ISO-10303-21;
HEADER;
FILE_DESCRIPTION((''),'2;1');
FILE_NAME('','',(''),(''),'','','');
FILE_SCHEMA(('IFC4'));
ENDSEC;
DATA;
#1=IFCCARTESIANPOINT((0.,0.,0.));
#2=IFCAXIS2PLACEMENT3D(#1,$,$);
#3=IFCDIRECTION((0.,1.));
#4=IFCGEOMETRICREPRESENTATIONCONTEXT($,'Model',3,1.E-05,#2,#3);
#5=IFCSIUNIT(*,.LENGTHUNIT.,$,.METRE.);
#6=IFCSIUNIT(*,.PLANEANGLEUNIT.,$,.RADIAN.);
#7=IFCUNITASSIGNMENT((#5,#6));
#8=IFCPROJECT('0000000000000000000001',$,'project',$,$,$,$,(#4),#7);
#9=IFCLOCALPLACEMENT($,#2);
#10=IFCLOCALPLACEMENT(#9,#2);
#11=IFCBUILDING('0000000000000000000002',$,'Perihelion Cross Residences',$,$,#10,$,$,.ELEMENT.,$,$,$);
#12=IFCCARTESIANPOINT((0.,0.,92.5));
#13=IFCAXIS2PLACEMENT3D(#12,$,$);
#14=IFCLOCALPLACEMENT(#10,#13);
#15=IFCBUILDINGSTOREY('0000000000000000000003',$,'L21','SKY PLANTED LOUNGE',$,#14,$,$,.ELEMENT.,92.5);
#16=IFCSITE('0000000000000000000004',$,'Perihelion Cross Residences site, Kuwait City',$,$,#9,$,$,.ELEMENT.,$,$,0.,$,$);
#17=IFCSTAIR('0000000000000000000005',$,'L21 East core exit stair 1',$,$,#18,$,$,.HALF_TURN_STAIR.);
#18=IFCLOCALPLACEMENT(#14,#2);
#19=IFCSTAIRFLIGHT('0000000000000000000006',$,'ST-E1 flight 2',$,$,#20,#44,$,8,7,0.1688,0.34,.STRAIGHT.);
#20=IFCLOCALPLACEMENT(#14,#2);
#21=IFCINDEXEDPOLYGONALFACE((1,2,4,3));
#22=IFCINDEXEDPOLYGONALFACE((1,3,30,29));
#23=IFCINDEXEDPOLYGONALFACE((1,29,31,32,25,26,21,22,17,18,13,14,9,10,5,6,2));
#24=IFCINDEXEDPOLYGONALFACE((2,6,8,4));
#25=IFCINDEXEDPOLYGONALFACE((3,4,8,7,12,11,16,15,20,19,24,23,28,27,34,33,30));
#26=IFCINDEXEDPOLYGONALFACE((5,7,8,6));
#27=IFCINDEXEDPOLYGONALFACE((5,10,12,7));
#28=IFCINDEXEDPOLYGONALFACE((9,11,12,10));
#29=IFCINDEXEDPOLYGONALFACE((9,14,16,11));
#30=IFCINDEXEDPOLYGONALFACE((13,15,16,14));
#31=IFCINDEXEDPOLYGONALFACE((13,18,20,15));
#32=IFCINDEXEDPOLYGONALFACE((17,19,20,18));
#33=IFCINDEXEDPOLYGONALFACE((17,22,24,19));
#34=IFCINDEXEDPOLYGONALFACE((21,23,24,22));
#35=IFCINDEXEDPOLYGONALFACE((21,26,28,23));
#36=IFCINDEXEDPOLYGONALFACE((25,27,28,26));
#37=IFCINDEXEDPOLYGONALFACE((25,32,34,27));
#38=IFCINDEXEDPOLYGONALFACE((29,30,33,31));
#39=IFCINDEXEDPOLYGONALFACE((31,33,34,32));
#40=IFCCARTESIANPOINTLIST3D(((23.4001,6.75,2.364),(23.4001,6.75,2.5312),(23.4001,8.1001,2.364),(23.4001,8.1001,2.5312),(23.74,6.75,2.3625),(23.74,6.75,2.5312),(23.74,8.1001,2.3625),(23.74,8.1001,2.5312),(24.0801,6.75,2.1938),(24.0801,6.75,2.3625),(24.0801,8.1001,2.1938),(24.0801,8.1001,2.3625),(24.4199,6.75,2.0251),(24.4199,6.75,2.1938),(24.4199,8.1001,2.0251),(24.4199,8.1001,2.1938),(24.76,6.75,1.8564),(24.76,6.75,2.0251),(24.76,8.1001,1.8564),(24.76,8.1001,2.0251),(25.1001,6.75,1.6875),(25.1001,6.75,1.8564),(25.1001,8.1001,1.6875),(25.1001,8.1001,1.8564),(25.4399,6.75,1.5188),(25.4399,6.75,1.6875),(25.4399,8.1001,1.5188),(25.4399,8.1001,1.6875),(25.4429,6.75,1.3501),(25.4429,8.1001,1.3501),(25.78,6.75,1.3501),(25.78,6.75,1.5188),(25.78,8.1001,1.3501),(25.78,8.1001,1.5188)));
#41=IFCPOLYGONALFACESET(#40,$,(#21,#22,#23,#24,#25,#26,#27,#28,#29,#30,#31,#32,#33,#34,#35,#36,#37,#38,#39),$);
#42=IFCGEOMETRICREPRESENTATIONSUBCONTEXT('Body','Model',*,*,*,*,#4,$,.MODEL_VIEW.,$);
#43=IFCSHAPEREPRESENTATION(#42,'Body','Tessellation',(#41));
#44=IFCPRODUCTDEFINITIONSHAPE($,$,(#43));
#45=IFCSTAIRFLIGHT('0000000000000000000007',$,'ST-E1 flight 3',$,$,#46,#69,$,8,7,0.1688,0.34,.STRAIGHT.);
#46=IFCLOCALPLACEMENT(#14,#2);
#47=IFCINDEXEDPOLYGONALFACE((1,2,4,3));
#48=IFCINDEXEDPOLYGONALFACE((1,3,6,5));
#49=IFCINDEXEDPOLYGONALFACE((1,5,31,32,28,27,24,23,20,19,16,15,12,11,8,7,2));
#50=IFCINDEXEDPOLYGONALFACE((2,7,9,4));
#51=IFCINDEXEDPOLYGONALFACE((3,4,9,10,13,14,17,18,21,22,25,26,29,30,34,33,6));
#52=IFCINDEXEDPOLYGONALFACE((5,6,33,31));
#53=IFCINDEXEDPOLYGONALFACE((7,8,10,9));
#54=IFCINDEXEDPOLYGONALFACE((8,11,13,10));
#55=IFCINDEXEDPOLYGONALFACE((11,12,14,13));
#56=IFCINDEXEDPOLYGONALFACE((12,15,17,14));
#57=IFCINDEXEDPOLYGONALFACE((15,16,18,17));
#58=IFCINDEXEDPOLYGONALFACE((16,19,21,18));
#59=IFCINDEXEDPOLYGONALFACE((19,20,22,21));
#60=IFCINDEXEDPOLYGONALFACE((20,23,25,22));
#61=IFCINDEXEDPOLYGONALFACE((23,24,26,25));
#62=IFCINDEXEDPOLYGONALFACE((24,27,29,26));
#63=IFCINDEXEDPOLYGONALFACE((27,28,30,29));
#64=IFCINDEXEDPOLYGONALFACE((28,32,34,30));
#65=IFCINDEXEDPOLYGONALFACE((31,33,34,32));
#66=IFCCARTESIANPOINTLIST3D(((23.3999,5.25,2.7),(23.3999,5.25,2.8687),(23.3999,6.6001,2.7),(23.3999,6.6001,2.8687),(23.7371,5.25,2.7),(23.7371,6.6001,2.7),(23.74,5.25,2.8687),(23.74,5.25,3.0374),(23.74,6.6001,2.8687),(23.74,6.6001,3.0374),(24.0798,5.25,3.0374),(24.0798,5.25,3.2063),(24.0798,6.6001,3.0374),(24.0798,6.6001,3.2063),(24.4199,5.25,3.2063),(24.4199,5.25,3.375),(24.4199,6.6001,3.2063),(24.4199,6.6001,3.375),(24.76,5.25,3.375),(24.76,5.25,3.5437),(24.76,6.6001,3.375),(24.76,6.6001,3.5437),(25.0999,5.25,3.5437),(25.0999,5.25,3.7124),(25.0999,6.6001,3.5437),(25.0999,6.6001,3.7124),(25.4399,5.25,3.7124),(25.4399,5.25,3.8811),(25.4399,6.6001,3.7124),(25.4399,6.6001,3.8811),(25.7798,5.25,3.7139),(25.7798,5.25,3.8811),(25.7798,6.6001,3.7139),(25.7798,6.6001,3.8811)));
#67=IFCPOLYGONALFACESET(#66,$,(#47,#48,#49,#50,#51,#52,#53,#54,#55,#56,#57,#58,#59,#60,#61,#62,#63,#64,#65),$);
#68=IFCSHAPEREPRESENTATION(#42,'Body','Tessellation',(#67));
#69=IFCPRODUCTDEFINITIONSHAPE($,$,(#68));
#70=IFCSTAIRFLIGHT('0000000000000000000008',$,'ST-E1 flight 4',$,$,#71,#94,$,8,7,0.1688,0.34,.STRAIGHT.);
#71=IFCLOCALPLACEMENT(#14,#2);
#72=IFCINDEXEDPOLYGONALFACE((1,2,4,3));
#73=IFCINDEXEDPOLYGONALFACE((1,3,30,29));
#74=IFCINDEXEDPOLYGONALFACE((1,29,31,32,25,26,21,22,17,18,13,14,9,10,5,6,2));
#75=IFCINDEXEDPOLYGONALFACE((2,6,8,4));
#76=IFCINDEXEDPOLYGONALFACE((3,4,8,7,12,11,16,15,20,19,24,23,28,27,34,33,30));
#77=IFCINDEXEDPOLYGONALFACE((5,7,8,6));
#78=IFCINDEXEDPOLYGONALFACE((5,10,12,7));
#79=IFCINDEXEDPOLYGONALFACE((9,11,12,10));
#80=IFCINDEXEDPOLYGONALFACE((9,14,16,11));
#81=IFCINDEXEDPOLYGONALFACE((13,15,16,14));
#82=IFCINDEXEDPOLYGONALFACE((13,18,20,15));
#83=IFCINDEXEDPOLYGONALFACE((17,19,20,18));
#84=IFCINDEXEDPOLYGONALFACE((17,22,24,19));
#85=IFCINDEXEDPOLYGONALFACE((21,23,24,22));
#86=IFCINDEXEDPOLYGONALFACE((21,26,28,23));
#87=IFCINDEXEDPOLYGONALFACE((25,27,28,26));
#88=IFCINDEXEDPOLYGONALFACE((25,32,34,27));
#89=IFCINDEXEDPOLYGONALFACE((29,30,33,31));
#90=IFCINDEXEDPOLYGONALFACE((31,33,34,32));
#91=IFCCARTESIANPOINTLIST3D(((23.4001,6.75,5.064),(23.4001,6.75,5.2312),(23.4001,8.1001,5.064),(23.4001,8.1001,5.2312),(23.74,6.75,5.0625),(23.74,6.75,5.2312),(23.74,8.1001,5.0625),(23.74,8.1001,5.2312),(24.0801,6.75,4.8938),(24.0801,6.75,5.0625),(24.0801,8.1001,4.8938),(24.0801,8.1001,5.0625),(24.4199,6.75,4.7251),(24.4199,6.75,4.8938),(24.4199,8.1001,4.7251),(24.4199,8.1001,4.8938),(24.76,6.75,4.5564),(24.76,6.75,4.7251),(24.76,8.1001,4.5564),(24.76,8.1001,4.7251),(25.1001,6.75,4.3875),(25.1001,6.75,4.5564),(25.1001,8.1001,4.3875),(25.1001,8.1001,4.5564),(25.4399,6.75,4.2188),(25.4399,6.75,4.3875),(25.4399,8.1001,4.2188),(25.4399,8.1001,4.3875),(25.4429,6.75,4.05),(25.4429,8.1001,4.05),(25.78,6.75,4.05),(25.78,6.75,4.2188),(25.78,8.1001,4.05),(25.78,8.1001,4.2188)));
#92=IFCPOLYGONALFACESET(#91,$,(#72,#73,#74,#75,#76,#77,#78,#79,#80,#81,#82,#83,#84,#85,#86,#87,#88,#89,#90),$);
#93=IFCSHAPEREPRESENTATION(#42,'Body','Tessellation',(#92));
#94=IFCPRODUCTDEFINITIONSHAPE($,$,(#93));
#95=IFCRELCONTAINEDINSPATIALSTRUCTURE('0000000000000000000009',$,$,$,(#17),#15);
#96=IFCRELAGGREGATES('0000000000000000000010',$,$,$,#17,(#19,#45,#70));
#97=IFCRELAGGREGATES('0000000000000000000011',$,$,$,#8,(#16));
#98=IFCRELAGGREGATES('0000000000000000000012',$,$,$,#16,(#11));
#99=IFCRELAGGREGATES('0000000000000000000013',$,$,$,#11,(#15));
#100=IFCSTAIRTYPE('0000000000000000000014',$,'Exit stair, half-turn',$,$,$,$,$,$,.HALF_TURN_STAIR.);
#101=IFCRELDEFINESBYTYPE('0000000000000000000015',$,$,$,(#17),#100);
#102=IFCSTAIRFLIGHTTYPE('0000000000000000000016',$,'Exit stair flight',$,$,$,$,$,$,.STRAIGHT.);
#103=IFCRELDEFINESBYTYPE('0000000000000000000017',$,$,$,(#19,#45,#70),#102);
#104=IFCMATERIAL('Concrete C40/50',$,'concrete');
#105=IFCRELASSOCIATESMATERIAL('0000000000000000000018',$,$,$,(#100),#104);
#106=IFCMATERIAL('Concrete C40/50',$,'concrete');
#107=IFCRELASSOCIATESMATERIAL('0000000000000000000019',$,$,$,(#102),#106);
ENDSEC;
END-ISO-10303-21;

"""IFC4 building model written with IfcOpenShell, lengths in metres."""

from ifc_helpers import new_model, si_unit, direction, frame, origin, place, context, subcontext, project, spatial, polyline, outline, extrude, material, type_object, element, aggregate, save


model = new_model("IFC4")

# Units and contexts
model_context = context("Model", 3, precision=1e-05, world=origin(), true_north=direction((0.0, 1.0)))
body_context = subcontext(model_context, "Body", "Model", "MODEL_VIEW")
ifc_project = project(units=[si_unit("LENGTHUNIT", "METRE"), si_unit("PLANEANGLEUNIT", "RADIAN")], contexts=[model_context])

# Site, building, storey
site_placement = place(None, origin())
site = spatial("IfcSite", under=ifc_project, at=site_placement, Name="Perihelion Cross Residences site, Kuwait City", CompositionType="ELEMENT", RefElevation=0.0)
building_placement = place(site_placement, origin())
building = spatial("IfcBuilding", under=site, at=building_placement, Name="Perihelion Cross Residences", CompositionType="ELEMENT")
storey_placement = place(building_placement, frame((0.0, 0.0, 92.5)))
storey = spatial("IfcBuildingStorey", under=building, at=storey_placement, Name="L21", Description="SKY PLANTED LOUNGE", CompositionType="ELEMENT", Elevation=92.5)

# Stair, stair flights
ifc_material_1 = material(Name="Concrete C40/50", Category="concrete")
stair_type = type_object("IfcStairType", Name="Exit stair, half-turn", PredefinedType="HALF_TURN_STAIR", material=ifc_material_1)
stair_placement = place(storey_placement, origin())
stair = element("IfcStair", 1, at=stair_placement, inside=storey, type_object=stair_type, Name="L21 East core exit stair 1", PredefinedType="HALF_TURN_STAIR")
ifc_material_2 = material(Name="Concrete C40/50", Category="concrete")
stair_flight_type = type_object("IfcStairFlightType", Name="Exit stair flight", PredefinedType="STRAIGHT", material=ifc_material_2)
stair_flight_1_placement = place(storey_placement, frame((25.78, 7.425, 1.3501), z_axis=(0.0, 0.0, 1.0), x_axis=(-1.0, 0.0, 0.0)))
stair_flight_1 = element("IfcStairFlight", 2, at=stair_flight_1_placement, type_object=stair_flight_type, Name="ST-E1 flight 2", NumberOfRisers=8, NumberOfTreads=7, PredefinedType="STRAIGHT", RiserHeight=0.1688, TreadLength=0.34, context=body_context, shape_type="SweptSolid", body=[
    extrude(outline(polyline([(0.0, 0.0), (0.0, 0.1687), (0.3401, 0.1687), (0.3401, 0.3374), (0.6799, 0.3374), (0.6799, 0.5063), (1.02, 0.5063), (1.02, 0.675), (1.3601, 0.675), (1.3601, 0.8438), (1.7, 0.8438), (1.7, 1.0125), (2.04, 1.0125), (2.04, 1.1812), (2.3799, 1.1812), (2.3799, 1.3501), (2.3799, 1.0139), (0.3372, 0.0), (0.0, 0.0)])), frame((0.0, 0.675, 0.0), z_axis=(0.0, -1.0, 0.0), x_axis=(1.0, 0.0, 0.0)), (0.0, 0.0, 1.0), 1.3501),
])
stair_flight_2_placement = place(storey_placement, frame((23.3999, 5.925, 2.7), z_axis=(0.0, 0.0, 1.0), x_axis=(1.0, 0.0, 0.0)))
stair_flight_2 = element("IfcStairFlight", 3, at=stair_flight_2_placement, type_object=stair_flight_type, Name="ST-E1 flight 3", NumberOfRisers=8, NumberOfTreads=7, PredefinedType="STRAIGHT", RiserHeight=0.1688, TreadLength=0.34, context=body_context, shape_type="SweptSolid", body=[
    extrude(outline(polyline([(0.0, 0.0), (0.0, 0.1687), (0.3401, 0.1687), (0.3401, 0.3374), (0.6799, 0.3374), (0.6799, 0.5063), (1.02, 0.5063), (1.02, 0.675), (1.3601, 0.675), (1.3601, 0.8438), (1.7, 0.8438), (1.7, 1.0125), (2.04, 1.0125), (2.04, 1.1812), (2.3799, 1.1812), (2.3799, 1.3501), (2.3799, 1.0139), (0.3372, 0.0), (0.0, 0.0)])), frame((0.0, 0.675, 0.0), z_axis=(0.0, -1.0, 0.0), x_axis=(1.0, 0.0, 0.0)), (0.0, 0.0, 1.0), 1.3501),
])
stair_flight_3_placement = place(storey_placement, frame((25.78, 7.425, 4.05), z_axis=(0.0, 0.0, 1.0), x_axis=(-1.0, 0.0, 0.0)))
stair_flight_3 = element("IfcStairFlight", 4, at=stair_flight_3_placement, type_object=stair_flight_type, Name="ST-E1 flight 4", NumberOfRisers=8, NumberOfTreads=7, PredefinedType="STRAIGHT", RiserHeight=0.1688, TreadLength=0.34, context=body_context, shape_type="SweptSolid", body=[
    extrude(outline(polyline([(0.0, 0.0), (0.0, 0.1687), (0.3401, 0.1687), (0.3401, 0.3374), (0.6799, 0.3374), (0.6799, 0.5063), (1.02, 0.5063), (1.02, 0.675), (1.3601, 0.675), (1.3601, 0.8438), (1.7, 0.8438), (1.7, 1.0125), (2.04, 1.0125), (2.04, 1.1812), (2.3799, 1.1812), (2.3799, 1.3501), (2.3799, 1.0139), (0.3372, 0.0), (0.0, 0.0)])), frame((0.0, 0.675, 0.0), z_axis=(0.0, -1.0, 0.0), x_axis=(1.0, 0.0, 0.0)), (0.0, 0.0, 1.0), 1.3501),
])
aggregate(stair, [stair_flight_1, stair_flight_2, stair_flight_3])

save(model, "model.ifc")
